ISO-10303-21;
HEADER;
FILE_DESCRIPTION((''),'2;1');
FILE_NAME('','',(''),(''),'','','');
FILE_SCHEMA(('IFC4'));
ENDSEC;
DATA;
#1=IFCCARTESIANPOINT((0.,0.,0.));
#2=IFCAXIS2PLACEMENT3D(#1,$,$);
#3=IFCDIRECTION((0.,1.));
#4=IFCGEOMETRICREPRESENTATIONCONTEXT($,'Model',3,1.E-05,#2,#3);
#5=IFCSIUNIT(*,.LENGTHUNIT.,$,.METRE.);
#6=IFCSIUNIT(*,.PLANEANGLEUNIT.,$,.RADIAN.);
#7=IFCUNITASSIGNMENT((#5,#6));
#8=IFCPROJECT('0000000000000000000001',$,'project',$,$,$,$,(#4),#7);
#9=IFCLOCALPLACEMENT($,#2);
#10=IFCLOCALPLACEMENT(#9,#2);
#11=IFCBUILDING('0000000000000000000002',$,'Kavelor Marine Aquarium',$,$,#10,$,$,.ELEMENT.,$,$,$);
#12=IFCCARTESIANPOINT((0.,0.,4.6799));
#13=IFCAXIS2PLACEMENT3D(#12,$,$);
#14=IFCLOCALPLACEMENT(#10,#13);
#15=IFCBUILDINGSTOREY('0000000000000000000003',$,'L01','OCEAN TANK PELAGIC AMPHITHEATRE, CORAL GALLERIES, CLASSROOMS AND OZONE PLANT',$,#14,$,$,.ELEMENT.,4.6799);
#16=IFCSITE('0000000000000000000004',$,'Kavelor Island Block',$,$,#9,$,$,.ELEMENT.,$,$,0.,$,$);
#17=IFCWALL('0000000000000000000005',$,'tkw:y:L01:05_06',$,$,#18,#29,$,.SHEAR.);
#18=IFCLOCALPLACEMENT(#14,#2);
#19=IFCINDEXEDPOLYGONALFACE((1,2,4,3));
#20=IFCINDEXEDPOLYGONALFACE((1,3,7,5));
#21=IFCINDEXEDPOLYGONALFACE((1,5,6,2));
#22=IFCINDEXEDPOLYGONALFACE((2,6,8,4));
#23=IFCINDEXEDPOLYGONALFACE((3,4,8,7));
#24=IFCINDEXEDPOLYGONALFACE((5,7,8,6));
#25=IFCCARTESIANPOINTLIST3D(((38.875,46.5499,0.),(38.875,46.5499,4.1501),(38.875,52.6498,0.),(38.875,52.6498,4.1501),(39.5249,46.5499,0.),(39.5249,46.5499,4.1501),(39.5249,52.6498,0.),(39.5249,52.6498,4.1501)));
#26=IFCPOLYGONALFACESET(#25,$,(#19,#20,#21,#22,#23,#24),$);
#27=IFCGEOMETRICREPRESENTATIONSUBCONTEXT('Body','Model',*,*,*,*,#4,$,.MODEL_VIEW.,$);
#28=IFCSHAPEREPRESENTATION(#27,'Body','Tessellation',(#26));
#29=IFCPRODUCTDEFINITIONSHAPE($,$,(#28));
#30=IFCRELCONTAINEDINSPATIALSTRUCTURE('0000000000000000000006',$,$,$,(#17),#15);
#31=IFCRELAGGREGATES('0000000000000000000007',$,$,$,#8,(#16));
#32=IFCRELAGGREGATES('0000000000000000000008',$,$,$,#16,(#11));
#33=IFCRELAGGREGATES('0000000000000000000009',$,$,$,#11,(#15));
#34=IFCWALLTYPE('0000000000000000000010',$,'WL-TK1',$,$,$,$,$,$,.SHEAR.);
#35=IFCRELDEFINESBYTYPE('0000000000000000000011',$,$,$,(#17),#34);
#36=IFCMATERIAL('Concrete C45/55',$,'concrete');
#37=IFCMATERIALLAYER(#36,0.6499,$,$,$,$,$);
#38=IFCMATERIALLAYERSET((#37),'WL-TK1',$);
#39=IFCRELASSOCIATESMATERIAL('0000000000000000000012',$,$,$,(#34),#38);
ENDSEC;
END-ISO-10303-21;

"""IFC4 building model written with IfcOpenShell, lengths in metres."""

from ifc_helpers import new_model, si_unit, direction, frame, frame_2d, origin, place, context, subcontext, project, spatial, rectangle, extrude, material, layer, layer_set, type_object, element, save


model = new_model("IFC4")

# Units and contexts
model_context = context("Model", 3, precision=1e-05, world=origin(), true_north=direction((0.0, 1.0)))
body_context = subcontext(model_context, "Body", "Model", "MODEL_VIEW")
ifc_project = project(units=[si_unit("LENGTHUNIT", "METRE"), si_unit("PLANEANGLEUNIT", "RADIAN")], contexts=[model_context])

# Site, building, storey
site_placement = place(None, origin())
site = spatial("IfcSite", under=ifc_project, at=site_placement, Name="Kavelor Island Block", CompositionType="ELEMENT", RefElevation=0.0)
building_placement = place(site_placement, origin())
building = spatial("IfcBuilding", under=site, at=building_placement, Name="Kavelor Marine Aquarium", CompositionType="ELEMENT")
storey_placement = place(building_placement, frame((0.0, 0.0, 4.6799)))
storey = spatial("IfcBuildingStorey", under=building, at=storey_placement, Name="L01", Description="OCEAN TANK PELAGIC AMPHITHEATRE, CORAL GALLERIES, CLASSROOMS AND OZONE PLANT", CompositionType="ELEMENT", Elevation=4.6799)

# Wall
ifc_material_1 = material(Name="Concrete C45/55", Category="concrete")
ifc_layer_1 = layer(ifc_material_1, 0.6499)
ifc_layer_set_1 = layer_set([ifc_layer_1], Name="WL-TK1")
wall_type = type_object("IfcWallType", Name="WL-TK1", PredefinedType="SHEAR", material=ifc_layer_set_1)
wall_placement = place(storey_placement, frame((39.2, 46.55, 0.0), z_axis=(0.0, 0.0, 1.0), x_axis=(0.0, 1.0, 0.0)))
element("IfcWall", 1, at=wall_placement, inside=storey, type_object=wall_type, Name="tkw:y:L01:05_06", PredefinedType="SHEAR", context=body_context, shape_type="SweptSolid", body=[
    extrude(rectangle(XDim=6.0999, YDim=0.6499, at=frame_2d((3.0498, 0.0))), origin(), (0.0, 0.0, 1.0), 4.1501),
])

save(model, "model.ifc")
